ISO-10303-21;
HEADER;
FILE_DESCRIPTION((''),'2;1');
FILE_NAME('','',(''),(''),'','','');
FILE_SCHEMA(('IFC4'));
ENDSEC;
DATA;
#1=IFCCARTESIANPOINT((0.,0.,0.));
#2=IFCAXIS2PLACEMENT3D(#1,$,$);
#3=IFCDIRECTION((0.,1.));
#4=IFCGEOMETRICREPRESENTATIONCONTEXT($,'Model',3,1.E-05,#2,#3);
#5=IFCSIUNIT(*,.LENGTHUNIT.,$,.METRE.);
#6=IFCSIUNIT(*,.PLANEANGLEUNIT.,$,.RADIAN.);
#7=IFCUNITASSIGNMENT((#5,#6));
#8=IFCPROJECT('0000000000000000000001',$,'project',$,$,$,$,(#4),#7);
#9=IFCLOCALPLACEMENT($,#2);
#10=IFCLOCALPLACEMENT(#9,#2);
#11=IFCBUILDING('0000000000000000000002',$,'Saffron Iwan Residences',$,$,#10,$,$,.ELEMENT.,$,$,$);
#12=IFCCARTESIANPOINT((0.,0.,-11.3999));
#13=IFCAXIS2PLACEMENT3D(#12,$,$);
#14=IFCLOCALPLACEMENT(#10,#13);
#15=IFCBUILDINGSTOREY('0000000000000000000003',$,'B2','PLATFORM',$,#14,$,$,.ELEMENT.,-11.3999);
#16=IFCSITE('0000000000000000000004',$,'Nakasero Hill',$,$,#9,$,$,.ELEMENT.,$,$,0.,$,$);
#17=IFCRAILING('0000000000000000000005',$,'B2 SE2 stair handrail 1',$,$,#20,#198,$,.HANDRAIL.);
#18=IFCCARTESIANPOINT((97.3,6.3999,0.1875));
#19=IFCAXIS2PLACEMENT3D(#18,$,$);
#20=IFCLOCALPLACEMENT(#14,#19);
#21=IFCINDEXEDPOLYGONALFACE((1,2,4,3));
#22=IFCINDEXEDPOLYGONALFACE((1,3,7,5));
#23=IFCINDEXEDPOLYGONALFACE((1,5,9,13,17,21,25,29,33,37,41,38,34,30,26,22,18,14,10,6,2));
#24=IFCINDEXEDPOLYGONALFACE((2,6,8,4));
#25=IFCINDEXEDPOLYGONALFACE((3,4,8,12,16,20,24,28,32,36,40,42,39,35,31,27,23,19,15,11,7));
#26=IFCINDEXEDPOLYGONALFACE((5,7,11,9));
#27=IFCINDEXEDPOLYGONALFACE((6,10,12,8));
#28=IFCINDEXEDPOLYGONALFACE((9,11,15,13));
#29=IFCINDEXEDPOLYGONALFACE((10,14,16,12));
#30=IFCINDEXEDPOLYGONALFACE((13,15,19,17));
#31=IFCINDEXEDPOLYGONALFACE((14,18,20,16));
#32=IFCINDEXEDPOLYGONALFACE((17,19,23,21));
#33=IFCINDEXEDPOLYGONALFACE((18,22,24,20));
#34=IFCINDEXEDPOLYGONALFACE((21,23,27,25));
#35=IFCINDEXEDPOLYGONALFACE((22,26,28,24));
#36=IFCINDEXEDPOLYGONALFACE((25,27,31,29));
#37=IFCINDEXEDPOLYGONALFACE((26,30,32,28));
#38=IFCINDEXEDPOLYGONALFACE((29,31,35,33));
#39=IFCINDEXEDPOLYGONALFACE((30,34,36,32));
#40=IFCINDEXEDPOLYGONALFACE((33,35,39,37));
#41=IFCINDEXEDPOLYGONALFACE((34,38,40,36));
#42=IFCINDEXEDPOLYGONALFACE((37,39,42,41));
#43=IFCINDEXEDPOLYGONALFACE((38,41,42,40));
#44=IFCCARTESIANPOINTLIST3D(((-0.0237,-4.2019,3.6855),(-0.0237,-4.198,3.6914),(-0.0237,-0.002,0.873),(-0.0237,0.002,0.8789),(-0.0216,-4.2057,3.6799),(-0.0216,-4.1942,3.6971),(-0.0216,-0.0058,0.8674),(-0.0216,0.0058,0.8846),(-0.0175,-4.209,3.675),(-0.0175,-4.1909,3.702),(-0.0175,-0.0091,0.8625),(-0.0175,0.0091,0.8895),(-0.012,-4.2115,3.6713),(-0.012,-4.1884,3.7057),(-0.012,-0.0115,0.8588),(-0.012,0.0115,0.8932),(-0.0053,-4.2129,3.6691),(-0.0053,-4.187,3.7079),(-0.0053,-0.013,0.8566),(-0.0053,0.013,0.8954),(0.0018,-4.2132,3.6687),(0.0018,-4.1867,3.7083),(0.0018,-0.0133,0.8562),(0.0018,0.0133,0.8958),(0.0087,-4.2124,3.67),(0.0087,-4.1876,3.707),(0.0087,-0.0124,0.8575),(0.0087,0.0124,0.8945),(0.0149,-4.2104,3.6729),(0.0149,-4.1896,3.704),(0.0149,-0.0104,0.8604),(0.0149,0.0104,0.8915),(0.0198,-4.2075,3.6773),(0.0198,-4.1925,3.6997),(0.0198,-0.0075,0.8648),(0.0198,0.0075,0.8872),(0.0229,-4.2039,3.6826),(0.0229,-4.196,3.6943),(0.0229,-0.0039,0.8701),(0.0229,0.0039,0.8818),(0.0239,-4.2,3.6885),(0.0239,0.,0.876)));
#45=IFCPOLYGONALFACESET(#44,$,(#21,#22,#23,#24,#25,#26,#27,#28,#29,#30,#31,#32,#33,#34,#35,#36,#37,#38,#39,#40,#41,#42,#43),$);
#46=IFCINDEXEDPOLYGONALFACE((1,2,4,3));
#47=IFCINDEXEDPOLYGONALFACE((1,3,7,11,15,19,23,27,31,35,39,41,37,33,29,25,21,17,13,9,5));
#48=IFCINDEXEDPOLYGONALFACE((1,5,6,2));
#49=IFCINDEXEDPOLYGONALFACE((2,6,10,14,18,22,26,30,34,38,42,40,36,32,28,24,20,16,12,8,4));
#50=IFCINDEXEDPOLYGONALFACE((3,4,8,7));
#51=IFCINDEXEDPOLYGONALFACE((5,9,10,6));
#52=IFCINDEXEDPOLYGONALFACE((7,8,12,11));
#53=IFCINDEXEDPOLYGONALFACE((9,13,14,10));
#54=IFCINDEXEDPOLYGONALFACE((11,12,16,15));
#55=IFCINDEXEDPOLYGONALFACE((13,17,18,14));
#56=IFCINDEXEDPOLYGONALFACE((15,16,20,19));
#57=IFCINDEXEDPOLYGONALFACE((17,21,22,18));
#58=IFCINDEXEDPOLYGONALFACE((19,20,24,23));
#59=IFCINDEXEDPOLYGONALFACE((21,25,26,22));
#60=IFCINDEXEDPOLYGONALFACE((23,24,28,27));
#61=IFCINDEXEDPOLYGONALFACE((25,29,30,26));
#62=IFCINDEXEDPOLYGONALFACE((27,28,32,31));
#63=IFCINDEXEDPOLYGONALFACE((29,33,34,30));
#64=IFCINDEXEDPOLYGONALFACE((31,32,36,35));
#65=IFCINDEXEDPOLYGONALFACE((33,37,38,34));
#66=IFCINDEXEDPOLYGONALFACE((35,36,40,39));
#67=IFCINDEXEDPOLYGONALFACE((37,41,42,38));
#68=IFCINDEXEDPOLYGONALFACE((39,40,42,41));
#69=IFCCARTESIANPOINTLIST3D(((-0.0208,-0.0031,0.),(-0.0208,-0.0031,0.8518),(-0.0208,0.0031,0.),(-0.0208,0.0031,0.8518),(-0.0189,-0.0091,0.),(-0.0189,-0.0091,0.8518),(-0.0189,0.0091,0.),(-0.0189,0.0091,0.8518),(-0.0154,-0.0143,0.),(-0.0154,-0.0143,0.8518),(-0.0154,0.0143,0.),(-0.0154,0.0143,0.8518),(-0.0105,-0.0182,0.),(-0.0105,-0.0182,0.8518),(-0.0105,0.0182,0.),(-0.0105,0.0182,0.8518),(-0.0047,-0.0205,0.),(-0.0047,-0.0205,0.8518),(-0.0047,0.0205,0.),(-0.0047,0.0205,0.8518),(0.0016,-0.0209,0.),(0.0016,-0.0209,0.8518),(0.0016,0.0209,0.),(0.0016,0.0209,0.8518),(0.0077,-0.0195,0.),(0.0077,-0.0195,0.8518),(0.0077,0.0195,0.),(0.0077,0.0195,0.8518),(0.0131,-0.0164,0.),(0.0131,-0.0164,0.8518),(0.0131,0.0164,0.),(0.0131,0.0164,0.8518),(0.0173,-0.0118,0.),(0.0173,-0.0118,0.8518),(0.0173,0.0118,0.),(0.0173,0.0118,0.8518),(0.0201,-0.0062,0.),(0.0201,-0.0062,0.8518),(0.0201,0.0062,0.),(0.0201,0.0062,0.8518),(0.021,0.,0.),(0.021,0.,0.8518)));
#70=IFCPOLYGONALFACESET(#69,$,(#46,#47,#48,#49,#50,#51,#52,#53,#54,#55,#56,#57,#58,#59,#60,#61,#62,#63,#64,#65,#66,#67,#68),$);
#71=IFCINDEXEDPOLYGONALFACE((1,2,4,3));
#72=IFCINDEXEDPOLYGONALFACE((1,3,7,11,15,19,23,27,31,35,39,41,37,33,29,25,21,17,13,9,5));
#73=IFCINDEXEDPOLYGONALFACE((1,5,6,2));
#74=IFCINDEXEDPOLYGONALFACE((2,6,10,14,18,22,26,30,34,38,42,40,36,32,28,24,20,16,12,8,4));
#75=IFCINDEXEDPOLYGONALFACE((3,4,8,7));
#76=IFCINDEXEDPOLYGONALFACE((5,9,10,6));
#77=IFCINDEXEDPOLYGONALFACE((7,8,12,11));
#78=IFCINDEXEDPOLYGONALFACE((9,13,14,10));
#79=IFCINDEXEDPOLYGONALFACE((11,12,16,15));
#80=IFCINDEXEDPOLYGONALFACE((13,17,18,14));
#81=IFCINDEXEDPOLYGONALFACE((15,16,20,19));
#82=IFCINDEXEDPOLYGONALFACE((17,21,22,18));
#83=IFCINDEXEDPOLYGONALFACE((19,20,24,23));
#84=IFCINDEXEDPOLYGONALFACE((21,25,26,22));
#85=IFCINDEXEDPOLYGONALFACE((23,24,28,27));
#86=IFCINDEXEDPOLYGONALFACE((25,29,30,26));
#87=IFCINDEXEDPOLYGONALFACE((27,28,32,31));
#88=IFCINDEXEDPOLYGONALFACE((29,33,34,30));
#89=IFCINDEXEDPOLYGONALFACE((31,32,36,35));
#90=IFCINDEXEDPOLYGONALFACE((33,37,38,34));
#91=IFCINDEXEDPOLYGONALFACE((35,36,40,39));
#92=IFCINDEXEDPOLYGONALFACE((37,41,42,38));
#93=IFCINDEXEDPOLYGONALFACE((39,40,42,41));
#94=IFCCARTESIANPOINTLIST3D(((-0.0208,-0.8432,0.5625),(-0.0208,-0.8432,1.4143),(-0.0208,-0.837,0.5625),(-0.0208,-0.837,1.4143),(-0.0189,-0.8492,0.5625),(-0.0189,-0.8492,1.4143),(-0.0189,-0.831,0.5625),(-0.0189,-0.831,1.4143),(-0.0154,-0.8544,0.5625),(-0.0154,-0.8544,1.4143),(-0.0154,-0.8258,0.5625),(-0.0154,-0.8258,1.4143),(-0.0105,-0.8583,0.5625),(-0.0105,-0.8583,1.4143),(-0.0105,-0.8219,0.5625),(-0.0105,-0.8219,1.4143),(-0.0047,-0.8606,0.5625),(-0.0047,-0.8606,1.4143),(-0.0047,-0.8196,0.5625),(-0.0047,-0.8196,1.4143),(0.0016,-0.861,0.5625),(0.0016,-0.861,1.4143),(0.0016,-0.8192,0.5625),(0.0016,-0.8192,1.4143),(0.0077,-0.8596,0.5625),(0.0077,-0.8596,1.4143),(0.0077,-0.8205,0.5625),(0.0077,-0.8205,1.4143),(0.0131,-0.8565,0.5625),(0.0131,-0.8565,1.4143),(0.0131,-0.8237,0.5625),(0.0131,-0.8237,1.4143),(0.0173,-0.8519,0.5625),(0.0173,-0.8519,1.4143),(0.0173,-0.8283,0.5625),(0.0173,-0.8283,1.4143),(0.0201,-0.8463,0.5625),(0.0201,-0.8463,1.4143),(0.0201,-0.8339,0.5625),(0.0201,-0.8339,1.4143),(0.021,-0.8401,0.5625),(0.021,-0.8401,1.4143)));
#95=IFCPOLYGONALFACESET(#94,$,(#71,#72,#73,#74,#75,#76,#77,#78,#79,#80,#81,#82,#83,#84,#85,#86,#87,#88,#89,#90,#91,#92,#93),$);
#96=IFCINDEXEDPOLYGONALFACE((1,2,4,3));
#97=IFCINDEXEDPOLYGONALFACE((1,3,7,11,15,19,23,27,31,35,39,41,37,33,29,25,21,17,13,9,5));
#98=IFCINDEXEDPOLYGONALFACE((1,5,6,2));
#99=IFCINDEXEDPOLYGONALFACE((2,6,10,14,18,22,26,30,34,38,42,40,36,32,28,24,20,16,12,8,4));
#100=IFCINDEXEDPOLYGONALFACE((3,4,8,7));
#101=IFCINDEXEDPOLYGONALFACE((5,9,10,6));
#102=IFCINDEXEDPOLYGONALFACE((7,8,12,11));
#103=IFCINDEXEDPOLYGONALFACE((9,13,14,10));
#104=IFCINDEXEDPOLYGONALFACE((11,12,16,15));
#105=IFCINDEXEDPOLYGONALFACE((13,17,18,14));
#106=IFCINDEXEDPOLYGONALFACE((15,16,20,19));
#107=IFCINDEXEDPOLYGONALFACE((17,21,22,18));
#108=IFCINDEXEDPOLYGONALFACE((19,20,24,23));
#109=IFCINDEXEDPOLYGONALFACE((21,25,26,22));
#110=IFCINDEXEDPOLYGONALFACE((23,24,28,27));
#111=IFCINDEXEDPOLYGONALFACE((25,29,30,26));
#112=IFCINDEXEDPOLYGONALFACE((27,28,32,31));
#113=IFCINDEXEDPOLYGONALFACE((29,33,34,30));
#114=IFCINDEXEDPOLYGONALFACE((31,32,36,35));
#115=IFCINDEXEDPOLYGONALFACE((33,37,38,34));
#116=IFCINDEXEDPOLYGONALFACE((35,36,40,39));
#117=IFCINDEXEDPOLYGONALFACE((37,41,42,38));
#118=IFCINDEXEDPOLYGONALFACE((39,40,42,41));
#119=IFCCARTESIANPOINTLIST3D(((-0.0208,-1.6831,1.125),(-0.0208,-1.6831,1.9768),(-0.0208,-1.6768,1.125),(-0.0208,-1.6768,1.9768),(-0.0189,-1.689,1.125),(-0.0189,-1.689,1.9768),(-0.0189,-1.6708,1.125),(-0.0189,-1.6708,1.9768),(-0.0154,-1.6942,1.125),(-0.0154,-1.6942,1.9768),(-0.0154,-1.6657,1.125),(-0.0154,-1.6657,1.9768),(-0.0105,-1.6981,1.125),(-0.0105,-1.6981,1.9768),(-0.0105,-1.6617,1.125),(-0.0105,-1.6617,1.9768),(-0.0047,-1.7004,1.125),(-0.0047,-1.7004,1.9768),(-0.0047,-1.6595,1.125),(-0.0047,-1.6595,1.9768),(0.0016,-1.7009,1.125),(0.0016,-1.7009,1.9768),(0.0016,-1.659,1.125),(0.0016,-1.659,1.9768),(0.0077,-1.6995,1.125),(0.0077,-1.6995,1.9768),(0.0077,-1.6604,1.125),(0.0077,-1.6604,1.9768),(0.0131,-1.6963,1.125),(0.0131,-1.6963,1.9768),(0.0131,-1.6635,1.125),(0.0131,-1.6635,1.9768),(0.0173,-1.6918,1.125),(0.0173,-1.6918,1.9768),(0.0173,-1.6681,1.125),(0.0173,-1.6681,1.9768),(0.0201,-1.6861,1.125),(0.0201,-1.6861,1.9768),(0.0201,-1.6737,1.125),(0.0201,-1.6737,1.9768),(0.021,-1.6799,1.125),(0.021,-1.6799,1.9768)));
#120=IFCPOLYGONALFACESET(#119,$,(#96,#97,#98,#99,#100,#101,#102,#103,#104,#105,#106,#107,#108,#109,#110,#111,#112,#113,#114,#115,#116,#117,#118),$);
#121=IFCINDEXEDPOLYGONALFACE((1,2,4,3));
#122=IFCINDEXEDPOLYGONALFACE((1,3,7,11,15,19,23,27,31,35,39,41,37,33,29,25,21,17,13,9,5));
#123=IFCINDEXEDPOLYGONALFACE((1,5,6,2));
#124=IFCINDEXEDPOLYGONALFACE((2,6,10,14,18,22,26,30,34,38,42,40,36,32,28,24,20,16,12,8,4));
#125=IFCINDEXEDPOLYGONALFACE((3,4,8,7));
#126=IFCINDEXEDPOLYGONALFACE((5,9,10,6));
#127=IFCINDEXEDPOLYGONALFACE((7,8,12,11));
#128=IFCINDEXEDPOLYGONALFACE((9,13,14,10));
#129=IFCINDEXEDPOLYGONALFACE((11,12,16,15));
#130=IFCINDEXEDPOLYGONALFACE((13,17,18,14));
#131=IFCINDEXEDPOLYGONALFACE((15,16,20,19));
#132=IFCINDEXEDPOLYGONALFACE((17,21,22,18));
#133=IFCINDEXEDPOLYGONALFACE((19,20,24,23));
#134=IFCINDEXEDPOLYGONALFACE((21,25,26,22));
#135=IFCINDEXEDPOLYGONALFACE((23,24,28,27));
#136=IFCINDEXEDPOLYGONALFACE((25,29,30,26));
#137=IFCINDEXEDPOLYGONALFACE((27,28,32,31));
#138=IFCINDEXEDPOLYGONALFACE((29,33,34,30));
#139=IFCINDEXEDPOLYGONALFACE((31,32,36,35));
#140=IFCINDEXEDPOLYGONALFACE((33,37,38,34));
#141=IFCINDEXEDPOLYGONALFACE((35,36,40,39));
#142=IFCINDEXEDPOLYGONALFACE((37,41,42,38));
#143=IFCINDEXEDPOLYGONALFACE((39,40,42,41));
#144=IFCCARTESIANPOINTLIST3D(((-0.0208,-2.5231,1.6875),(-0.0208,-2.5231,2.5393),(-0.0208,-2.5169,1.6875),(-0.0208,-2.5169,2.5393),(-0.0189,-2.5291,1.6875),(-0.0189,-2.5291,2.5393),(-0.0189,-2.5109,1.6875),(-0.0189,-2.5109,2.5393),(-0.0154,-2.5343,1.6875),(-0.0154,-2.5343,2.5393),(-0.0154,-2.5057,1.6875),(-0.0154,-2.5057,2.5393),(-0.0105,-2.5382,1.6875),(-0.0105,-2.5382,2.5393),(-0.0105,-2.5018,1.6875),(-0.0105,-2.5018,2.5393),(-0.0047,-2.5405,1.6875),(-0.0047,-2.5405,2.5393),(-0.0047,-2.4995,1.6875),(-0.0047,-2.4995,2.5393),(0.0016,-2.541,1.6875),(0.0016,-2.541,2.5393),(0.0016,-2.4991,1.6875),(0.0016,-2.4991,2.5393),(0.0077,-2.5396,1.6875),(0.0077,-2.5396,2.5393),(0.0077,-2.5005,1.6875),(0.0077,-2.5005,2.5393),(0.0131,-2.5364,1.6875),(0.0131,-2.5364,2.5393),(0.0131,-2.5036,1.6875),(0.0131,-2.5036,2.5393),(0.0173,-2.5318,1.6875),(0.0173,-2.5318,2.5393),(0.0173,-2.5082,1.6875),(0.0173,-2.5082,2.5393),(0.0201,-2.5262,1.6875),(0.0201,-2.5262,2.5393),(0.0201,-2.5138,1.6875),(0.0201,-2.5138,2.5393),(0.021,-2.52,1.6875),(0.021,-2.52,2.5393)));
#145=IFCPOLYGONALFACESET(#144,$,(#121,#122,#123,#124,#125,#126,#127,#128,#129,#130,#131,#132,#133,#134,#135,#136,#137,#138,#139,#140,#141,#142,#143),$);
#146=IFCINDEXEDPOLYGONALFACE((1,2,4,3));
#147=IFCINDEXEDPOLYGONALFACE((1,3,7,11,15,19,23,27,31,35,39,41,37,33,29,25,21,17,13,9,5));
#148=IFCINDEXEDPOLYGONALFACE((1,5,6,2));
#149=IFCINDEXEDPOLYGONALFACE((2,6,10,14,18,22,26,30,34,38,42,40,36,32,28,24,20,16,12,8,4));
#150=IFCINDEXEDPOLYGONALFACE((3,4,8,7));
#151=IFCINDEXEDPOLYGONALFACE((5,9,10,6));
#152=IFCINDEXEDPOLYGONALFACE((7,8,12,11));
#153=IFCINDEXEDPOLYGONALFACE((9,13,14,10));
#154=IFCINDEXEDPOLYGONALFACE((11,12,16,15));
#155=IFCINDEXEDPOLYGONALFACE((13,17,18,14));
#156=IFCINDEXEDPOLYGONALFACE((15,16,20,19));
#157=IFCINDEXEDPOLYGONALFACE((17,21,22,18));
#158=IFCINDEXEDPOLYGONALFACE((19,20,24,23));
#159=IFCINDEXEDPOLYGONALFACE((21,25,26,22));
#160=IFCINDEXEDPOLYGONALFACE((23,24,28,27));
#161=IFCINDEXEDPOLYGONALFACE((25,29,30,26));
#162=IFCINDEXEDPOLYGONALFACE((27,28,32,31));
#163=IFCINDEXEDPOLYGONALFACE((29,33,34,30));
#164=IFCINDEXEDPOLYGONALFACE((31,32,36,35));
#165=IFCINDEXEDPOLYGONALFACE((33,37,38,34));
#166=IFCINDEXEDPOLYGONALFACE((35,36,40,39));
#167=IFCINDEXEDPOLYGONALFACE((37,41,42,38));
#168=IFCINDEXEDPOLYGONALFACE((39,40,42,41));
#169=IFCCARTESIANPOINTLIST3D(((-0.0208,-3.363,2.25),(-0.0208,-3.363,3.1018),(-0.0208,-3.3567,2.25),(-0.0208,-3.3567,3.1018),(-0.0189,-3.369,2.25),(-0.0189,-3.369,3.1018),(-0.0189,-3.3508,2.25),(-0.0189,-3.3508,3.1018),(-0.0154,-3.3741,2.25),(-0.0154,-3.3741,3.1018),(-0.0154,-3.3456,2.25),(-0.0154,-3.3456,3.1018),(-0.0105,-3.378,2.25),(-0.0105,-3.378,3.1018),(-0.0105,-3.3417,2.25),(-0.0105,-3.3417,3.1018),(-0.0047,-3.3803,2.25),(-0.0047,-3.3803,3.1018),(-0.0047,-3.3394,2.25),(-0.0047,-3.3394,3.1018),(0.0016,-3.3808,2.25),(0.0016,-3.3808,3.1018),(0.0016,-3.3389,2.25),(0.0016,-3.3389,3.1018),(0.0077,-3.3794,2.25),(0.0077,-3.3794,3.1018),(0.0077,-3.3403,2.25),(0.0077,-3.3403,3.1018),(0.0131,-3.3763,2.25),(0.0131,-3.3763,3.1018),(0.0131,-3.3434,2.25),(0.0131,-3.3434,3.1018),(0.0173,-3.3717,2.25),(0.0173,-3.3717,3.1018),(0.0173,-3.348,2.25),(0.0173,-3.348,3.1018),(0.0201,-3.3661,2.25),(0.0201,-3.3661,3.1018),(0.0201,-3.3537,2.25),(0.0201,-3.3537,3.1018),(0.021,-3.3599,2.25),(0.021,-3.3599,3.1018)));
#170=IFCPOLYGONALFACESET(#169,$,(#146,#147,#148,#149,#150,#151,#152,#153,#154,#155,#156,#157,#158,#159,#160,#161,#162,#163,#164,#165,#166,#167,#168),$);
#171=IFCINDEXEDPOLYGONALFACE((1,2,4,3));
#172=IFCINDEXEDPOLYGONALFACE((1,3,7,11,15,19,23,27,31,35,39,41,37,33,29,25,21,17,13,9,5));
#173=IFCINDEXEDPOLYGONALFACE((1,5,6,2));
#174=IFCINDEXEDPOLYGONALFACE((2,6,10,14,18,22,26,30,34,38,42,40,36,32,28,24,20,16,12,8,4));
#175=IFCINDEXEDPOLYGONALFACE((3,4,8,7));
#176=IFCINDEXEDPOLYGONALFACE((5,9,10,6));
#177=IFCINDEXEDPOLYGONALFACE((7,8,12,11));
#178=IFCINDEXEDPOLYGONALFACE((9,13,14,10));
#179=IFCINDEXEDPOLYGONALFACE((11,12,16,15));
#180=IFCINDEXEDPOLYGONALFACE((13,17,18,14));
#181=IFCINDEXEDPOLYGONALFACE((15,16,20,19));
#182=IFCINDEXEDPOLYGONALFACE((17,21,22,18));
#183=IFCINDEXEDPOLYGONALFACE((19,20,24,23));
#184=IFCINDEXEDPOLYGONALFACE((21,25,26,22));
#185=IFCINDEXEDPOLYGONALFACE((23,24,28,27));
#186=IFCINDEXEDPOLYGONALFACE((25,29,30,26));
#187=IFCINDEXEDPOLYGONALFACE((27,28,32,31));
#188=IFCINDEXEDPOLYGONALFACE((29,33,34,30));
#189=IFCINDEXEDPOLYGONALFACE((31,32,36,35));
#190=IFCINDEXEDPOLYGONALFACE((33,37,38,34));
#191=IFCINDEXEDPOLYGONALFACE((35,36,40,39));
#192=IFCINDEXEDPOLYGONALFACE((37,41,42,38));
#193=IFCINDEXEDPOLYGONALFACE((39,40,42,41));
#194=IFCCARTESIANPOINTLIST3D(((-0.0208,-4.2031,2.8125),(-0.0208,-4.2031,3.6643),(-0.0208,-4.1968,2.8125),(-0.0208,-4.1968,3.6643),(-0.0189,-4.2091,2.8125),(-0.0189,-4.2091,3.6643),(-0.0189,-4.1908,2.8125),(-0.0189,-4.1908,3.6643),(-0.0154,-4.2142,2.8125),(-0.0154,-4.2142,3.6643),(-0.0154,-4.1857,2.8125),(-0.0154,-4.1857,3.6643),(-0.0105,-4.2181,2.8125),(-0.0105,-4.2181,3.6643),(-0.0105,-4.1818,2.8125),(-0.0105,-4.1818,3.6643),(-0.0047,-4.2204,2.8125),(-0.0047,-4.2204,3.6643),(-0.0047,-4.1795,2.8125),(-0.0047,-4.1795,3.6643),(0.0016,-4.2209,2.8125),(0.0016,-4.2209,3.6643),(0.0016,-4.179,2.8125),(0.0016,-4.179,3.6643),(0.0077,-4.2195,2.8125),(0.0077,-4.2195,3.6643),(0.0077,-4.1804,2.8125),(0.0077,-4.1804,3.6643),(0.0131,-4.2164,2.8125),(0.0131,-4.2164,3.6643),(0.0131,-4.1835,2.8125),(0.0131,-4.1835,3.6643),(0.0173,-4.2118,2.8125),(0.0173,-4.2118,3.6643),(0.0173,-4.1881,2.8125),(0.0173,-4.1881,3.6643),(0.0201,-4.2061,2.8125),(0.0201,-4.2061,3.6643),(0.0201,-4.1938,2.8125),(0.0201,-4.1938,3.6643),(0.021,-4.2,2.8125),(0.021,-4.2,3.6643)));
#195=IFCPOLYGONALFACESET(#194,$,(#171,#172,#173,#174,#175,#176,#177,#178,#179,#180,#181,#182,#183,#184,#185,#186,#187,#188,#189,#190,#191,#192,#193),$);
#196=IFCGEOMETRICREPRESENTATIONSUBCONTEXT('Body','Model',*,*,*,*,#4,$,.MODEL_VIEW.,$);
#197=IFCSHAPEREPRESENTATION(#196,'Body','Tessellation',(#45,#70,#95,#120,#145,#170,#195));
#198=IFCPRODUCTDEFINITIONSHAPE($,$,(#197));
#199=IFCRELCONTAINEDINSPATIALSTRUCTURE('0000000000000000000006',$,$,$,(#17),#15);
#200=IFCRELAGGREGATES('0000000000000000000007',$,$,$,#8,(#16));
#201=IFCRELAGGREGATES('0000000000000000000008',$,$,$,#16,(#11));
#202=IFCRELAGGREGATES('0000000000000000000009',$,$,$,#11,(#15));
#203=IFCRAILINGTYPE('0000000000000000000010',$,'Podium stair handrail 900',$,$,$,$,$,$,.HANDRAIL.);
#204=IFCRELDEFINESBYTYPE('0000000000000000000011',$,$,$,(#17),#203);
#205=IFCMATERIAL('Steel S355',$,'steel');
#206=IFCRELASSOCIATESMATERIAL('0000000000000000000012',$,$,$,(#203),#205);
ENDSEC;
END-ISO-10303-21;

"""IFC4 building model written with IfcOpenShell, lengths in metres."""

from ifc_helpers import new_model, si_unit, direction, frame, origin, origin_2d, place, context, subcontext, project, spatial, circle, extrude, material, type_object, element, save


model = new_model("IFC4")

# Units and contexts
model_context = context("Model", 3, precision=1e-05, world=origin(), true_north=direction((0.0, 1.0)))
body_context = subcontext(model_context, "Body", "Model", "MODEL_VIEW")
ifc_project = project(units=[si_unit("LENGTHUNIT", "METRE"), si_unit("PLANEANGLEUNIT", "RADIAN")], contexts=[model_context])

# Site, building, storey
site_placement = place(None, origin())
site = spatial("IfcSite", under=ifc_project, at=site_placement, Name="Nakasero Hill", CompositionType="ELEMENT", RefElevation=0.0)
building_placement = place(site_placement, origin())
building = spatial("IfcBuilding", under=site, at=building_placement, Name="Saffron Iwan Residences", CompositionType="ELEMENT")
storey_placement = place(building_placement, frame((0.0, 0.0, -11.3999)))
storey = spatial("IfcBuildingStorey", under=building, at=storey_placement, Name="B2", Description="PLATFORM", CompositionType="ELEMENT", Elevation=-11.3999)

# Railing
ifc_material_1 = material(Name="Steel S355", Category="steel")
railing_type_1 = type_object("IfcRailingType", Name="Podium stair handrail 900", PredefinedType="HANDRAIL", material=ifc_material_1)
railing_1_placement = place(storey_placement, frame((97.3, 6.3999, 0.1875)))
element("IfcRailing", 1, at=railing_1_placement, inside=storey, type_object=railing_type_1, Name="B2 SE2 stair handrail 1", PredefinedType="HANDRAIL", context=body_context, shape_type="SweptSolid", body=[
    extrude(circle(Radius=0.0239, at=origin_2d()), frame((0.0, 0.0, 0.876), z_axis=(0.0, -0.830904, 0.556416), x_axis=(1.0, 0.0, 0.0)), (0.0, 0.0, 1.0), 5.0547),
    extrude(circle(Radius=0.021, at=origin_2d()), origin(), (0.0, 0.0, 1.0), 0.8518),
    extrude(circle(Radius=0.021, at=origin_2d()), frame((0.0, -0.8401, 0.5625)), (0.0, 0.0, 1.0), 0.8518),
    extrude(circle(Radius=0.021, at=origin_2d()), frame((0.0, -1.6799, 1.125)), (0.0, 0.0, 1.0), 0.8518),
    extrude(circle(Radius=0.021, at=origin_2d()), frame((0.0, -2.52, 1.6875)), (0.0, 0.0, 1.0), 0.8518),
    extrude(circle(Radius=0.021, at=origin_2d()), frame((0.0, -3.3599, 2.25)), (0.0, 0.0, 1.0), 0.8518),
    extrude(circle(Radius=0.021, at=origin_2d()), frame((0.0, -4.2, 2.8125)), (0.0, 0.0, 1.0), 0.8518),
])

save(model, "model.ifc")
